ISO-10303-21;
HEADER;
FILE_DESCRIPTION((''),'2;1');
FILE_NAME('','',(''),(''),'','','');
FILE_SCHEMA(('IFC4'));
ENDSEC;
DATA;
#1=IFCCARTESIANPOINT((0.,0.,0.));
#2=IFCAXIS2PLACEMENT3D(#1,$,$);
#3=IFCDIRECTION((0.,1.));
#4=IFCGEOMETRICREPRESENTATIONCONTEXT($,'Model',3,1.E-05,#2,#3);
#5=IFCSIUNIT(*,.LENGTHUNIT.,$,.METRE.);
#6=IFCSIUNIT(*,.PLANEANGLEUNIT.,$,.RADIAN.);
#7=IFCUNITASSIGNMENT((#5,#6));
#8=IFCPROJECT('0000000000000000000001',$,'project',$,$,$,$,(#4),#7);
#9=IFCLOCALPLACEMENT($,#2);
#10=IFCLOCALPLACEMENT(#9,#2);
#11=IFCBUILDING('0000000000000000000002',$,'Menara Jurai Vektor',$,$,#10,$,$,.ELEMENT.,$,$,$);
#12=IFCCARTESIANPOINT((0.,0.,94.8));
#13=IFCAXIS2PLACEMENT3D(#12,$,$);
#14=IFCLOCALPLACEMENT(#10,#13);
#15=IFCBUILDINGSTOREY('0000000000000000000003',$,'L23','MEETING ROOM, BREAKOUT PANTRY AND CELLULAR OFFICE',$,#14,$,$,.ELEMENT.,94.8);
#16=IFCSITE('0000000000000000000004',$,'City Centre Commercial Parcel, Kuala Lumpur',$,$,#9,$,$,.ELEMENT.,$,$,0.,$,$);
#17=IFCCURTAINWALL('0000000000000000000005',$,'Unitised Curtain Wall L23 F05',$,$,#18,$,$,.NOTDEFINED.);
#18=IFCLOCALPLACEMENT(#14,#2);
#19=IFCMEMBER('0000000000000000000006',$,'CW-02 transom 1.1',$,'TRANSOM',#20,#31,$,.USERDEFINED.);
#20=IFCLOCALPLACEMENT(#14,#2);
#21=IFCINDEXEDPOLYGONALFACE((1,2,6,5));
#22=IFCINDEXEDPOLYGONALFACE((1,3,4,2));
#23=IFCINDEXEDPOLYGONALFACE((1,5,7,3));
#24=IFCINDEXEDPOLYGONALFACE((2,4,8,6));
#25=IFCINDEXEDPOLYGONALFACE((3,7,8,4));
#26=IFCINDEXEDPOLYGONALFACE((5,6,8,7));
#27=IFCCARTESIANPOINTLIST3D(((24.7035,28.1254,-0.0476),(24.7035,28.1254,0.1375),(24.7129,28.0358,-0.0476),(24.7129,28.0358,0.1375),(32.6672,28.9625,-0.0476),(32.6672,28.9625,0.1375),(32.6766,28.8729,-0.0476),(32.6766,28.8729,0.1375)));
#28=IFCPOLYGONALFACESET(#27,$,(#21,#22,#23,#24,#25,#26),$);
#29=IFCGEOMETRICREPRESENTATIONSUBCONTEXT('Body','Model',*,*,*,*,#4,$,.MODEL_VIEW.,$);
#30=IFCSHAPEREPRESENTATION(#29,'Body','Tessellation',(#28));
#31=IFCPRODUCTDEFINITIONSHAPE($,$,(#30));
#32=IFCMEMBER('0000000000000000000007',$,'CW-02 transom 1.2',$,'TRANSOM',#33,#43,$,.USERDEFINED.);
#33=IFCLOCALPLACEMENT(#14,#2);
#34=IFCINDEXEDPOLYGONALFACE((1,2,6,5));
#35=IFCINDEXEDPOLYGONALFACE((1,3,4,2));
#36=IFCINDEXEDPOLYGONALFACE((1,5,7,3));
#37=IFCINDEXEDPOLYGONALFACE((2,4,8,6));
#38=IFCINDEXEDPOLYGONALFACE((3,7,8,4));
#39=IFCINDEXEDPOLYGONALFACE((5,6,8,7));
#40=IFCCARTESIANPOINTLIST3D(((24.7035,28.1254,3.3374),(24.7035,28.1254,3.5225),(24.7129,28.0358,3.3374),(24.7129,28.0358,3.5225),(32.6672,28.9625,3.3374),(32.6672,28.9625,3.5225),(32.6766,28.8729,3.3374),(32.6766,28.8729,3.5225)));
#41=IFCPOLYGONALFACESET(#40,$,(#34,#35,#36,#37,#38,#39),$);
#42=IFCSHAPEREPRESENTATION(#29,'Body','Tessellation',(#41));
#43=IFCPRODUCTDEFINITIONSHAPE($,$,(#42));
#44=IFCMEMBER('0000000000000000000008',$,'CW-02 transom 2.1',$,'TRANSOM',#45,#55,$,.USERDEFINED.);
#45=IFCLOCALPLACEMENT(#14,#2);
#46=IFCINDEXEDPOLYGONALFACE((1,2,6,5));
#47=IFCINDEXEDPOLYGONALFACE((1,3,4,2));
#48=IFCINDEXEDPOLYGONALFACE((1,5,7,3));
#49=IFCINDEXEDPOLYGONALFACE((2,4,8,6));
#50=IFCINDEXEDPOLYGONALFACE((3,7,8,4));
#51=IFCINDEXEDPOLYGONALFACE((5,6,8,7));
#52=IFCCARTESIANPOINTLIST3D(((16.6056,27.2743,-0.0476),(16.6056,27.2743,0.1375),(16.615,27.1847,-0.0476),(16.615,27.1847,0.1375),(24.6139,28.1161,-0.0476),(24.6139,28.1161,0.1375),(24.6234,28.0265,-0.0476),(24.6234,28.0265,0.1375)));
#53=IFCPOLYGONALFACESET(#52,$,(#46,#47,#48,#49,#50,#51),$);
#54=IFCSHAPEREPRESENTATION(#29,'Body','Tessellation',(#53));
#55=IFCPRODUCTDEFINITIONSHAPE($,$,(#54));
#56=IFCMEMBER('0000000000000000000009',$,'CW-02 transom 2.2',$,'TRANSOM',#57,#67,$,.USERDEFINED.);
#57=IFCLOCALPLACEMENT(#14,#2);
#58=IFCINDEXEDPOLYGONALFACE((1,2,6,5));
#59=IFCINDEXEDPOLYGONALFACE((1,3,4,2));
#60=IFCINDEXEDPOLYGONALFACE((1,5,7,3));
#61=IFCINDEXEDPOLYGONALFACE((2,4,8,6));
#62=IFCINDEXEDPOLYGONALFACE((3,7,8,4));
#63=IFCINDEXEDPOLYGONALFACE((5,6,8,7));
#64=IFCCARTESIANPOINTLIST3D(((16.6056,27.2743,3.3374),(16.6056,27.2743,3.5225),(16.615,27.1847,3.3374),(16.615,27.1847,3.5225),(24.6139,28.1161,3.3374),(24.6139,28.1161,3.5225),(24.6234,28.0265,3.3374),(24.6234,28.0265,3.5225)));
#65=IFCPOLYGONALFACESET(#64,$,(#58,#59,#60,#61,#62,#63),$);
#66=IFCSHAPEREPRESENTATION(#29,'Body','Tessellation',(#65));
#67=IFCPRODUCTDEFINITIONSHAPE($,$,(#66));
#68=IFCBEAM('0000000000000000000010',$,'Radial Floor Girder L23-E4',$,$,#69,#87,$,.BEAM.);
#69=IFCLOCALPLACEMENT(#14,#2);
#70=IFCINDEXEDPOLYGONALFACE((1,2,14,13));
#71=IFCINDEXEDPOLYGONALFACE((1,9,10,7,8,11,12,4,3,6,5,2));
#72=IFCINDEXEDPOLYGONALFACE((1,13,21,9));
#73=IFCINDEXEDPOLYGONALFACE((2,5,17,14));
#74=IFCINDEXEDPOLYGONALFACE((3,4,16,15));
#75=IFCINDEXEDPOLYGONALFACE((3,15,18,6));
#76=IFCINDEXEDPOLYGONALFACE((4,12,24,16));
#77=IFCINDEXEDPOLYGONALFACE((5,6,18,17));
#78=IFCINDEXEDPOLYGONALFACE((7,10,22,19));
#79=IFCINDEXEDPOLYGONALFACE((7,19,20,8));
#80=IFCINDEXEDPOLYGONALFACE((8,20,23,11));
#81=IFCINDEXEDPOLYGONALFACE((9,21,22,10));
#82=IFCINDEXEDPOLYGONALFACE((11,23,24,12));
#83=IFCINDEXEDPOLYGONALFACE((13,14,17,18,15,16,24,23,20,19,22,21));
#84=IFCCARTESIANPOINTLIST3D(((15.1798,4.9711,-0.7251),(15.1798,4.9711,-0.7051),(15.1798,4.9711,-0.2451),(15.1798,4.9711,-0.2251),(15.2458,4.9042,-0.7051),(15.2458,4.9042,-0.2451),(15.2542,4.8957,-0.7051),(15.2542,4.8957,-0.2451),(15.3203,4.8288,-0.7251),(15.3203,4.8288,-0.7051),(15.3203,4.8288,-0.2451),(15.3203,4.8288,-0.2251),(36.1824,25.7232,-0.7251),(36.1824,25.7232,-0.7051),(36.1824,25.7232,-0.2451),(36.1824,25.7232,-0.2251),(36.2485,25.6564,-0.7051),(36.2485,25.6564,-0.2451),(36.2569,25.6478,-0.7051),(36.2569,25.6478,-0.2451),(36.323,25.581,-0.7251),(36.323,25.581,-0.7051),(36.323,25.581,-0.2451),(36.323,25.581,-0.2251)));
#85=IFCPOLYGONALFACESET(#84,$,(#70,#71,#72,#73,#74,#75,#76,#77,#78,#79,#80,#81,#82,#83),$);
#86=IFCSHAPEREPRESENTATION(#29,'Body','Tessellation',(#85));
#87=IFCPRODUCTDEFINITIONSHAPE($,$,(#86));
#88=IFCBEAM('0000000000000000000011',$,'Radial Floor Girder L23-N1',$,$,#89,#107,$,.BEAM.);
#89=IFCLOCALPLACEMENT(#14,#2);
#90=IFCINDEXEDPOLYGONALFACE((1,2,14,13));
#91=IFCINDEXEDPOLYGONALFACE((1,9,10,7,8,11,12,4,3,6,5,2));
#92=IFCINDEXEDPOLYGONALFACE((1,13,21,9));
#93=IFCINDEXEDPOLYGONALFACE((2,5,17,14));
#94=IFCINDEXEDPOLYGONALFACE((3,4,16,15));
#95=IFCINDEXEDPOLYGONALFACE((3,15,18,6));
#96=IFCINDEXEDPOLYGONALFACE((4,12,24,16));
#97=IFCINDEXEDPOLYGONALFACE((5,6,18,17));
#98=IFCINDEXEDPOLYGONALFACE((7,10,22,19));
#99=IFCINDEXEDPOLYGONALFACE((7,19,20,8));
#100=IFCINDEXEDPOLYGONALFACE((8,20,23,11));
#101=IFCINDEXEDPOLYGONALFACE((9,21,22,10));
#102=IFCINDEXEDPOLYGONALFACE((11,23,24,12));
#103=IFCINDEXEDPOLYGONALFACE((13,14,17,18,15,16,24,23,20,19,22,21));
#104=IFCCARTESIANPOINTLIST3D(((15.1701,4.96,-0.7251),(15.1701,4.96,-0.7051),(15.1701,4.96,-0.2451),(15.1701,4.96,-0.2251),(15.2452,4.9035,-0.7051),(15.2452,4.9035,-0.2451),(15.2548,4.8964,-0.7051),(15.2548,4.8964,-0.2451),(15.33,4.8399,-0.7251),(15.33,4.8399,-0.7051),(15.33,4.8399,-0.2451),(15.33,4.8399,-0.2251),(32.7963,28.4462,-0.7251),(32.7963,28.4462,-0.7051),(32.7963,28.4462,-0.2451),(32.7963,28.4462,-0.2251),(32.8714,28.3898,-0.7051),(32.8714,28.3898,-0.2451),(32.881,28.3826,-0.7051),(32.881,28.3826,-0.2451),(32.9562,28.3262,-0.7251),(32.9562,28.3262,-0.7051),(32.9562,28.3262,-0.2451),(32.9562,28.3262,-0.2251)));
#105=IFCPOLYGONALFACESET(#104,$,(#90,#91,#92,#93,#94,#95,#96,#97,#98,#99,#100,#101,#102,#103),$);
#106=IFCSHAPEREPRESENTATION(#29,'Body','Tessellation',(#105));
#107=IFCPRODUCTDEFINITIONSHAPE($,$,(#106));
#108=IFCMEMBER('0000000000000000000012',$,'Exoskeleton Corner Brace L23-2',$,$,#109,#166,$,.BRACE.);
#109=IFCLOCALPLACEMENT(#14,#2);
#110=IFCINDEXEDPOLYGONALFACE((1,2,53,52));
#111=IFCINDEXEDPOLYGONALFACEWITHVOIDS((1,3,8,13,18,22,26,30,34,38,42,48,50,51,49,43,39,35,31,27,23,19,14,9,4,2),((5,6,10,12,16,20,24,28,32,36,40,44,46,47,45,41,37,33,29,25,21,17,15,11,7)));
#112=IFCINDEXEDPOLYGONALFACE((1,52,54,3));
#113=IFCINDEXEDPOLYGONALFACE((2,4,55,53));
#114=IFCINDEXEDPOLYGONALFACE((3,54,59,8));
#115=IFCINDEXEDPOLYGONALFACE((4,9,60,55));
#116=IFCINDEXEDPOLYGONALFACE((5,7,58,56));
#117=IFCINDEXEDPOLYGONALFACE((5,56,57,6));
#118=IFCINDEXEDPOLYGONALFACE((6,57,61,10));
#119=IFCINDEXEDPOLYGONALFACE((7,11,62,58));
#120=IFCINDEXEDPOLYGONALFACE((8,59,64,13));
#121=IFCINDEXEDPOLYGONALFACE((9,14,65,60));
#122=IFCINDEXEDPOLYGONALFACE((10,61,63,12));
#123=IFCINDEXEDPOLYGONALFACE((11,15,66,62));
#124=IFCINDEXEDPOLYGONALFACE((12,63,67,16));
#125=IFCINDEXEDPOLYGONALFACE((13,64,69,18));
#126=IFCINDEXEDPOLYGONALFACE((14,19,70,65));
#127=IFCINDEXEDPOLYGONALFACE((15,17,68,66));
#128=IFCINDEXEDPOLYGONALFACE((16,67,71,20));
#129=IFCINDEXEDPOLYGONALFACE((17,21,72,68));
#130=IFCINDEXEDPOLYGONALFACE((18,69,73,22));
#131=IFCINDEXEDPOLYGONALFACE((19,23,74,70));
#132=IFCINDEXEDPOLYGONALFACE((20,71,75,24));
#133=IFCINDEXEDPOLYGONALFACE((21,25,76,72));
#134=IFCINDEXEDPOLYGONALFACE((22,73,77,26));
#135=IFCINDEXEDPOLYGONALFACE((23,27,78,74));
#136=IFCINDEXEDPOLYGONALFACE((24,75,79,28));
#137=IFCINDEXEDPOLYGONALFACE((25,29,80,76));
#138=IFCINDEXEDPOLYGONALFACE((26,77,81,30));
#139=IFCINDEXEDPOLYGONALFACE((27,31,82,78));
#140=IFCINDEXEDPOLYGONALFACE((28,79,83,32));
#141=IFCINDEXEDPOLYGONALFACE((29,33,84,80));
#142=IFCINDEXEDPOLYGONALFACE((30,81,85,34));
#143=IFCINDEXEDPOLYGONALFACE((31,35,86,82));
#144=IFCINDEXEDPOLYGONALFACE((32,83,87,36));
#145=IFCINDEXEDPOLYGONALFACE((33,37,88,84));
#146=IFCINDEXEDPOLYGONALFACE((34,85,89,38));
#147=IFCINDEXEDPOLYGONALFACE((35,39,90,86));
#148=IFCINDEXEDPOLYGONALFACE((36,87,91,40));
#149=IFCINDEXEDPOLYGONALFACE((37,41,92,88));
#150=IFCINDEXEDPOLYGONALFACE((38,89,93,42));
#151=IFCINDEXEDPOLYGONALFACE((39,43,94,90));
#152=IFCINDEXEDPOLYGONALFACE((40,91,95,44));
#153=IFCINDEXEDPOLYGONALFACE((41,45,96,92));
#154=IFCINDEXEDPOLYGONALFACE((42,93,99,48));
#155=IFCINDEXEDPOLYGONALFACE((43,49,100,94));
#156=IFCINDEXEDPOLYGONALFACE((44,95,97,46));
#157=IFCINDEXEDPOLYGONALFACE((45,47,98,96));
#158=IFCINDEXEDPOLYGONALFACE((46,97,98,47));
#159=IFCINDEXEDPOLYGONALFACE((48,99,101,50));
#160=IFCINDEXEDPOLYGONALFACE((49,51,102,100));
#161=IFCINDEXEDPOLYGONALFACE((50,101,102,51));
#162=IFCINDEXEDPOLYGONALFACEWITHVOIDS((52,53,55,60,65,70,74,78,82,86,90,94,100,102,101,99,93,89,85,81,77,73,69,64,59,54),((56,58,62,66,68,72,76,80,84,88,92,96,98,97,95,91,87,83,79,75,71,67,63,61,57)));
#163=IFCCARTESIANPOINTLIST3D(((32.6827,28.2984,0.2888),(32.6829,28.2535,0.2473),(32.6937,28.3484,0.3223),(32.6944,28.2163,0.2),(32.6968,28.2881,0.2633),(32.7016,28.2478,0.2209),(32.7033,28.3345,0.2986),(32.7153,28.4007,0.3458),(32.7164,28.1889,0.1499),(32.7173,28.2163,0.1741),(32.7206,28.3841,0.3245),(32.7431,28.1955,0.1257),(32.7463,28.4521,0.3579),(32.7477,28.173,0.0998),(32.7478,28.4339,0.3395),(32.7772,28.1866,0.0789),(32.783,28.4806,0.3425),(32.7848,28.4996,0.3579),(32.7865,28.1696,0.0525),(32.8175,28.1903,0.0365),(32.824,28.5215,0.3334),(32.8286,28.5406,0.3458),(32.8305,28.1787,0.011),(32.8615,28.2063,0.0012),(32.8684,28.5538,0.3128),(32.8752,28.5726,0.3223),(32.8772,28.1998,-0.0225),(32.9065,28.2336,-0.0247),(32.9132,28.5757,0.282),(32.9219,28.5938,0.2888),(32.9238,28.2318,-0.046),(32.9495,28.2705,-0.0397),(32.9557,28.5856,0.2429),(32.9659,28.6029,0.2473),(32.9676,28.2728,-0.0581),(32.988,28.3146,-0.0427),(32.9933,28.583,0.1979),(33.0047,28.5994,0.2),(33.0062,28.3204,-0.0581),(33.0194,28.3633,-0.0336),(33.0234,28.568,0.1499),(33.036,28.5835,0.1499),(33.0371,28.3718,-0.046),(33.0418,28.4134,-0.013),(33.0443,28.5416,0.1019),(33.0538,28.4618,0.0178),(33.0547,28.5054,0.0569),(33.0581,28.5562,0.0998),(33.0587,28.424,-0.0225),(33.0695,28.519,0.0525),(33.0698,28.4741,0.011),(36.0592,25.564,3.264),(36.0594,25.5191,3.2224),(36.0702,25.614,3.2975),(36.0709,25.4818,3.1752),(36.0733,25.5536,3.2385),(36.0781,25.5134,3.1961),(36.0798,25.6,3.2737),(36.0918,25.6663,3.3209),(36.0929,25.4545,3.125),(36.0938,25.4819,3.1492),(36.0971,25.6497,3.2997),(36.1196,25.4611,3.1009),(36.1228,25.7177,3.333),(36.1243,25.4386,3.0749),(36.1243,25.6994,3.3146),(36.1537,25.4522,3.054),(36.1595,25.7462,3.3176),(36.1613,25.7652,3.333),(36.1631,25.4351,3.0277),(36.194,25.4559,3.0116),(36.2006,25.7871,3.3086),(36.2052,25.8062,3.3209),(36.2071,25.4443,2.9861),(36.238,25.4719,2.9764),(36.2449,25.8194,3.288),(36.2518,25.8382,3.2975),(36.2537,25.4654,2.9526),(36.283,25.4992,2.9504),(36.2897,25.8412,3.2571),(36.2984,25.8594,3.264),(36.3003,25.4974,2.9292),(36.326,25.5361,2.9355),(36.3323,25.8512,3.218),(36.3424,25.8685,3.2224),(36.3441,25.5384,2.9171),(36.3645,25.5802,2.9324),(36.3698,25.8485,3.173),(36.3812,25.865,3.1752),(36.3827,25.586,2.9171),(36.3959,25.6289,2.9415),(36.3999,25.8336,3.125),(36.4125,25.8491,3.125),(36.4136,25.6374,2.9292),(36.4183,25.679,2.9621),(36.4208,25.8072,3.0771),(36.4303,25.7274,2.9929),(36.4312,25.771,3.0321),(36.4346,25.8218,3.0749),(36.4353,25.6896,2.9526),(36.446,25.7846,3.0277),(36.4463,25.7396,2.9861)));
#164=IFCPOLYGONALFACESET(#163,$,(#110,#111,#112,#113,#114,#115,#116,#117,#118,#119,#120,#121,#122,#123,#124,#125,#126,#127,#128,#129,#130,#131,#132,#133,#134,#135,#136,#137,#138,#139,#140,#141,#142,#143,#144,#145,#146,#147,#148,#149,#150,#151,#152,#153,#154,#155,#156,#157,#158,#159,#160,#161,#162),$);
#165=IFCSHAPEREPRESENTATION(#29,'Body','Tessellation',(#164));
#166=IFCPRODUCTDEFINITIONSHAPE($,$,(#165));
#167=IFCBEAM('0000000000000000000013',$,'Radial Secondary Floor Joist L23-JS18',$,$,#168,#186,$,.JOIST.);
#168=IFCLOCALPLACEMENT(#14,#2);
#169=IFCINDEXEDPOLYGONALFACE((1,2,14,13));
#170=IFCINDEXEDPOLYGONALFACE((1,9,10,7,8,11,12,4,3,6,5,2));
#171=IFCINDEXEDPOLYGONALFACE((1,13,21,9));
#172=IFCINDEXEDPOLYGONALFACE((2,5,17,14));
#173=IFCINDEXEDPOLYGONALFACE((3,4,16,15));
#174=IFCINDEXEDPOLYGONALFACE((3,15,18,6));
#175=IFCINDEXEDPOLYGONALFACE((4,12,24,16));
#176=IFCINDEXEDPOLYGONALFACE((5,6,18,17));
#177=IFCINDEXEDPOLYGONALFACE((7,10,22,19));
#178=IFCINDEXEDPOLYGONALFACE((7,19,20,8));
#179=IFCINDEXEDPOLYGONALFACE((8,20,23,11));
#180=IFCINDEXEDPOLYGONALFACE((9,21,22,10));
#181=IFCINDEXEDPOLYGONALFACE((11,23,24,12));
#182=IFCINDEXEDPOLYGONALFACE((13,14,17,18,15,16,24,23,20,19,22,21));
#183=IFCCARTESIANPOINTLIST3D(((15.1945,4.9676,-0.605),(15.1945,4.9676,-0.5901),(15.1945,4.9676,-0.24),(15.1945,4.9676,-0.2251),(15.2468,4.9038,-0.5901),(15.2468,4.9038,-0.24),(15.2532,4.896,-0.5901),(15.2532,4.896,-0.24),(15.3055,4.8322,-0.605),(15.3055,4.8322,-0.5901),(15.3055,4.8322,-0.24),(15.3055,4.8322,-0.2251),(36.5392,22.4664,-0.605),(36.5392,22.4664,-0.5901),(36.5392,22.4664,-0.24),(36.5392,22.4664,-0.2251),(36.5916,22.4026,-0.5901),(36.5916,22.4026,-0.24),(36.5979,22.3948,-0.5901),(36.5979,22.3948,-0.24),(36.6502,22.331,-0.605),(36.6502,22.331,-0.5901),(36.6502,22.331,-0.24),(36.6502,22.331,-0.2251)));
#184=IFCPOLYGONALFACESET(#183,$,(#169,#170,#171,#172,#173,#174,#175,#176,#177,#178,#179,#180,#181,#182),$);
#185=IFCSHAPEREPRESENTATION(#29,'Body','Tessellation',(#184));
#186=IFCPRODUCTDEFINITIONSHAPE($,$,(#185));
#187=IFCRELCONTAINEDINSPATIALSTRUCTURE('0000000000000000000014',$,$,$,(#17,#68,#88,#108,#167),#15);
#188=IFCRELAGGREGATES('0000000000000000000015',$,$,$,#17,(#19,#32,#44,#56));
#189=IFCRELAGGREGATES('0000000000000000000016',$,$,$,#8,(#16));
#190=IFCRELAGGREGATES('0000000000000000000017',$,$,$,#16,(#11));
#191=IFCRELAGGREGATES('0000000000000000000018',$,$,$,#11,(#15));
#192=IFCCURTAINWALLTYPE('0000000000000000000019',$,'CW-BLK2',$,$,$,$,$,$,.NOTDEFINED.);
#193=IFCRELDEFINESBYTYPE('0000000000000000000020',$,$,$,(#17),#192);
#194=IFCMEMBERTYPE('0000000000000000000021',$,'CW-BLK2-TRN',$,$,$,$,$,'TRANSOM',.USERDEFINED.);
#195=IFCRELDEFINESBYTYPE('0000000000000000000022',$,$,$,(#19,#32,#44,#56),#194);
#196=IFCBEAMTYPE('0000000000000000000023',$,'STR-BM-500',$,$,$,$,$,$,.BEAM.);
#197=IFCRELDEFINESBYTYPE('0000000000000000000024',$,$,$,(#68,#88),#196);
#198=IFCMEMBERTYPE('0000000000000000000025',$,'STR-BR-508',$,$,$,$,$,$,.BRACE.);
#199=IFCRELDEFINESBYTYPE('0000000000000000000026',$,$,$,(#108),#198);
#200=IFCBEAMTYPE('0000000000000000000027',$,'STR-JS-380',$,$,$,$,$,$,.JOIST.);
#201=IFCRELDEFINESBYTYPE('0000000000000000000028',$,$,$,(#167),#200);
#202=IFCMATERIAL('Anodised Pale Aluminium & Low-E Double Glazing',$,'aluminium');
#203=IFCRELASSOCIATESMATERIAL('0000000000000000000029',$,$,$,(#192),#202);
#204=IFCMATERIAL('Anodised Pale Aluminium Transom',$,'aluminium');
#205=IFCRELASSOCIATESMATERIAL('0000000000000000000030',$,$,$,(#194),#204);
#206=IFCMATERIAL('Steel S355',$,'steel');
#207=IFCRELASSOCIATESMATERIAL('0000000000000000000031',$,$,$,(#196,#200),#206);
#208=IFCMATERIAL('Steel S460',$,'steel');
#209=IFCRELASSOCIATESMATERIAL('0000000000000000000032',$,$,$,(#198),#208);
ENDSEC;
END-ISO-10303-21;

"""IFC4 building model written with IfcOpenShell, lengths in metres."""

from ifc_helpers import new_model, si_unit, direction, frame, origin, origin_2d, place, context, subcontext, project, spatial, rectangle, hollow_circle, i_section, extrude, material, material_profile, profile_set, type_object, element, aggregate, save


model = new_model("IFC4")

# Units and contexts
model_context = context("Model", 3, precision=1e-05, world=origin(), true_north=direction((0.0, 1.0)))
body_context = subcontext(model_context, "Body", "Model", "MODEL_VIEW")
ifc_project = project(units=[si_unit("LENGTHUNIT", "METRE"), si_unit("PLANEANGLEUNIT", "RADIAN")], contexts=[model_context])

# Site, building, storey
site_placement = place(None, origin())
site = spatial("IfcSite", under=ifc_project, at=site_placement, Name="City Centre Commercial Parcel, Kuala Lumpur", CompositionType="ELEMENT", RefElevation=0.0)
building_placement = place(site_placement, origin())
building = spatial("IfcBuilding", under=site, at=building_placement, Name="Menara Jurai Vektor", CompositionType="ELEMENT")
storey_placement = place(building_placement, frame((0.0, 0.0, 94.8)))
storey = spatial("IfcBuildingStorey", under=building, at=storey_placement, Name="L23", Description="MEETING ROOM, BREAKOUT PANTRY AND CELLULAR OFFICE", CompositionType="ELEMENT", Elevation=94.8)

# Shared definitions
ifc_material_1 = material(Name="Steel S460", Category="steel")

# Shared definitions
ifc_material_2 = material(Name="Anodised Pale Aluminium & Low-E Double Glazing", Category="aluminium")
curtain_wall_type = type_object("IfcCurtainWallType", Name="CW-BLK2", PredefinedType="NOTDEFINED", material=ifc_material_2)

# Curtain wall
curtain_wall_1_placement = place(storey_placement, origin())
curtain_wall_1 = element("IfcCurtainWall", 1, at=curtain_wall_1_placement, inside=storey, type_object=curtain_wall_type, Name="Unitised Curtain Wall L23 F05", PredefinedType="NOTDEFINED")

# Members
ifc_material_3 = material(Name="Anodised Pale Aluminium Transom", Category="aluminium")
ifc_material_profile_1 = material_profile(ifc_material_3, rectangle(XDim=0.0901, YDim=0.1851, at=origin_2d()), Name="ALU TRN 90x185")
ifc_profile_set_1 = profile_set([ifc_material_profile_1], Name="Anodised Pale Aluminium Transom")
member_type_1 = type_object("IfcMemberType", Name="CW-BLK2-TRN", ElementType="TRANSOM", PredefinedType="USERDEFINED", material=ifc_profile_set_1)
member_1_placement = place(storey_placement, frame((32.6719, 28.9177, 0.0449), z_axis=(-0.99452, -0.104547, 0.0), x_axis=(0.104547, -0.99452, 0.0)))
member_1 = element("IfcMember", 2, at=member_1_placement, type_object=member_type_1, Name="CW-02 transom 1.1", ObjectType="TRANSOM", PredefinedType="USERDEFINED", context=body_context, shape_type="SweptSolid", body=[
    extrude(rectangle(XDim=0.0901, YDim=0.1851, at=origin_2d()), origin(), (0.0, 0.0, 1.0), 8.0076),
])
member_2_placement = place(storey_placement, frame((32.6719, 28.9177, 3.4299), z_axis=(-0.99452, -0.104547, 0.0), x_axis=(0.104547, -0.99452, 0.0)))
member_2 = element("IfcMember", 3, at=member_2_placement, type_object=member_type_1, Name="CW-02 transom 1.2", ObjectType="TRANSOM", PredefinedType="USERDEFINED", context=body_context, shape_type="SweptSolid", body=[
    extrude(rectangle(XDim=0.0901, YDim=0.1851, at=origin_2d()), origin(), (0.0, 0.0, 1.0), 8.0076),
])
member_3_placement = place(storey_placement, frame((24.6187, 28.0713, 0.0449), z_axis=(-0.994521, -0.10454, 0.0), x_axis=(0.10454, -0.994521, 0.0)))
member_3 = element("IfcMember", 4, at=member_3_placement, type_object=member_type_1, Name="CW-02 transom 2.1", ObjectType="TRANSOM", PredefinedType="USERDEFINED", context=body_context, shape_type="SweptSolid", body=[
    extrude(rectangle(XDim=0.0901, YDim=0.1851, at=origin_2d()), origin(), (0.0, 0.0, 1.0), 8.0525),
])
member_4_placement = place(storey_placement, frame((24.6187, 28.0713, 3.4299), z_axis=(-0.994521, -0.10454, 0.0), x_axis=(0.10454, -0.994521, 0.0)))
member_4 = element("IfcMember", 5, at=member_4_placement, type_object=member_type_1, Name="CW-02 transom 2.2", ObjectType="TRANSOM", PredefinedType="USERDEFINED", context=body_context, shape_type="SweptSolid", body=[
    extrude(rectangle(XDim=0.0901, YDim=0.1851, at=origin_2d()), origin(), (0.0, 0.0, 1.0), 8.0525),
])

# Beams
ifc_material_4 = material(Name="Steel S355", Category="steel")
ifc_material_profile_2 = material_profile(ifc_material_4, i_section(OverallWidth=0.2, OverallDepth=0.5, WebThickness=0.012, FlangeThickness=0.02, at=origin_2d()), Name="PG 500x200x96")
ifc_profile_set_2 = profile_set([ifc_material_profile_2], Name="Steel S355")
beam_type_1 = type_object("IfcBeamType", Name="STR-BM-500", PredefinedType="BEAM", material=ifc_profile_set_2)
beam_1_placement = place(storey_placement, frame((36.2527, 25.6521, -0.4751), z_axis=(-0.711336, -0.702852, 0.0), x_axis=(0.702852, -0.711336, 0.0)))
element("IfcBeam", 6, at=beam_1_placement, inside=storey, type_object=beam_type_1, Name="Radial Floor Girder L23-E4", PredefinedType="BEAM", context=body_context, shape_type="SweptSolid", body=[
    extrude(i_section(OverallWidth=0.2, OverallDepth=0.5, WebThickness=0.012, FlangeThickness=0.02, at=origin_2d()), origin(), (0.0, 0.0, 1.0), 29.5256),
])
beam_2_placement = place(storey_placement, frame((32.8762, 28.3862, -0.4751), z_axis=(-0.60025, -0.799812, 0.0), x_axis=(0.799812, -0.60025, 0.0)))
element("IfcBeam", 7, at=beam_2_placement, inside=storey, type_object=beam_type_1, Name="Radial Floor Girder L23-N1", PredefinedType="BEAM", context=body_context, shape_type="SweptSolid", body=[
    extrude(i_section(OverallWidth=0.2, OverallDepth=0.5, WebThickness=0.012, FlangeThickness=0.02, at=origin_2d()), origin(), (0.0, 0.0, 1.0), 29.3647),
])

# Member
ifc_material_profile_3 = material_profile(ifc_material_1, hollow_circle(Radius=0.2539, WallThickness=0.02, at=origin_2d()), Name="CHS 508x20")
ifc_profile_set_3 = profile_set([ifc_material_profile_3], Name="Steel S460")
member_type_2 = type_object("IfcMemberType", Name="STR-BR-508", PredefinedType="BRACE", material=ifc_profile_set_3)
member_5_placement = place(storey_placement, frame((32.8762, 28.3862, 0.1499), z_axis=(0.641208, -0.519272, 0.564986), x_axis=(0.629344, 0.777127, 0.0)))
element("IfcMember", 8, at=member_5_placement, inside=storey, type_object=member_type_2, Name="Exoskeleton Corner Brace L23-2", PredefinedType="BRACE", context=body_context, shape_type="SweptSolid", body=[
    extrude(hollow_circle(Radius=0.2539, WallThickness=0.02, at=origin_2d()), origin(), (0.0, 0.0, 1.0), 5.2659),
])

# Beam
ifc_material_profile_4 = material_profile(ifc_material_4, i_section(OverallWidth=0.175, OverallDepth=0.3799, WebThickness=0.01, FlangeThickness=0.0149, at=origin_2d()), Name="PG 380x175x58")
ifc_profile_set_4 = profile_set([ifc_material_profile_4], Name="Steel S355")
beam_type_2 = type_object("IfcBeamType", Name="STR-JS-380", PredefinedType="JOIST", material=ifc_profile_set_4)
beam_3_placement = place(storey_placement, frame((36.5947, 22.3987, -0.415), z_axis=(-0.773337, -0.633995, 0.0), x_axis=(0.633995, -0.773337, 0.0)))
element("IfcBeam", 9, at=beam_3_placement, inside=storey, type_object=beam_type_2, Name="Radial Secondary Floor Joist L23-JS18", PredefinedType="JOIST", context=body_context, shape_type="SweptSolid", body=[
    extrude(i_section(OverallWidth=0.175, OverallDepth=0.3799, WebThickness=0.01, FlangeThickness=0.0149, at=origin_2d()), origin(), (0.0, 0.0, 1.0), 27.6008),
])

aggregate(curtain_wall_1, [member_1, member_2, member_3, member_4])

save(model, "model.ifc")
